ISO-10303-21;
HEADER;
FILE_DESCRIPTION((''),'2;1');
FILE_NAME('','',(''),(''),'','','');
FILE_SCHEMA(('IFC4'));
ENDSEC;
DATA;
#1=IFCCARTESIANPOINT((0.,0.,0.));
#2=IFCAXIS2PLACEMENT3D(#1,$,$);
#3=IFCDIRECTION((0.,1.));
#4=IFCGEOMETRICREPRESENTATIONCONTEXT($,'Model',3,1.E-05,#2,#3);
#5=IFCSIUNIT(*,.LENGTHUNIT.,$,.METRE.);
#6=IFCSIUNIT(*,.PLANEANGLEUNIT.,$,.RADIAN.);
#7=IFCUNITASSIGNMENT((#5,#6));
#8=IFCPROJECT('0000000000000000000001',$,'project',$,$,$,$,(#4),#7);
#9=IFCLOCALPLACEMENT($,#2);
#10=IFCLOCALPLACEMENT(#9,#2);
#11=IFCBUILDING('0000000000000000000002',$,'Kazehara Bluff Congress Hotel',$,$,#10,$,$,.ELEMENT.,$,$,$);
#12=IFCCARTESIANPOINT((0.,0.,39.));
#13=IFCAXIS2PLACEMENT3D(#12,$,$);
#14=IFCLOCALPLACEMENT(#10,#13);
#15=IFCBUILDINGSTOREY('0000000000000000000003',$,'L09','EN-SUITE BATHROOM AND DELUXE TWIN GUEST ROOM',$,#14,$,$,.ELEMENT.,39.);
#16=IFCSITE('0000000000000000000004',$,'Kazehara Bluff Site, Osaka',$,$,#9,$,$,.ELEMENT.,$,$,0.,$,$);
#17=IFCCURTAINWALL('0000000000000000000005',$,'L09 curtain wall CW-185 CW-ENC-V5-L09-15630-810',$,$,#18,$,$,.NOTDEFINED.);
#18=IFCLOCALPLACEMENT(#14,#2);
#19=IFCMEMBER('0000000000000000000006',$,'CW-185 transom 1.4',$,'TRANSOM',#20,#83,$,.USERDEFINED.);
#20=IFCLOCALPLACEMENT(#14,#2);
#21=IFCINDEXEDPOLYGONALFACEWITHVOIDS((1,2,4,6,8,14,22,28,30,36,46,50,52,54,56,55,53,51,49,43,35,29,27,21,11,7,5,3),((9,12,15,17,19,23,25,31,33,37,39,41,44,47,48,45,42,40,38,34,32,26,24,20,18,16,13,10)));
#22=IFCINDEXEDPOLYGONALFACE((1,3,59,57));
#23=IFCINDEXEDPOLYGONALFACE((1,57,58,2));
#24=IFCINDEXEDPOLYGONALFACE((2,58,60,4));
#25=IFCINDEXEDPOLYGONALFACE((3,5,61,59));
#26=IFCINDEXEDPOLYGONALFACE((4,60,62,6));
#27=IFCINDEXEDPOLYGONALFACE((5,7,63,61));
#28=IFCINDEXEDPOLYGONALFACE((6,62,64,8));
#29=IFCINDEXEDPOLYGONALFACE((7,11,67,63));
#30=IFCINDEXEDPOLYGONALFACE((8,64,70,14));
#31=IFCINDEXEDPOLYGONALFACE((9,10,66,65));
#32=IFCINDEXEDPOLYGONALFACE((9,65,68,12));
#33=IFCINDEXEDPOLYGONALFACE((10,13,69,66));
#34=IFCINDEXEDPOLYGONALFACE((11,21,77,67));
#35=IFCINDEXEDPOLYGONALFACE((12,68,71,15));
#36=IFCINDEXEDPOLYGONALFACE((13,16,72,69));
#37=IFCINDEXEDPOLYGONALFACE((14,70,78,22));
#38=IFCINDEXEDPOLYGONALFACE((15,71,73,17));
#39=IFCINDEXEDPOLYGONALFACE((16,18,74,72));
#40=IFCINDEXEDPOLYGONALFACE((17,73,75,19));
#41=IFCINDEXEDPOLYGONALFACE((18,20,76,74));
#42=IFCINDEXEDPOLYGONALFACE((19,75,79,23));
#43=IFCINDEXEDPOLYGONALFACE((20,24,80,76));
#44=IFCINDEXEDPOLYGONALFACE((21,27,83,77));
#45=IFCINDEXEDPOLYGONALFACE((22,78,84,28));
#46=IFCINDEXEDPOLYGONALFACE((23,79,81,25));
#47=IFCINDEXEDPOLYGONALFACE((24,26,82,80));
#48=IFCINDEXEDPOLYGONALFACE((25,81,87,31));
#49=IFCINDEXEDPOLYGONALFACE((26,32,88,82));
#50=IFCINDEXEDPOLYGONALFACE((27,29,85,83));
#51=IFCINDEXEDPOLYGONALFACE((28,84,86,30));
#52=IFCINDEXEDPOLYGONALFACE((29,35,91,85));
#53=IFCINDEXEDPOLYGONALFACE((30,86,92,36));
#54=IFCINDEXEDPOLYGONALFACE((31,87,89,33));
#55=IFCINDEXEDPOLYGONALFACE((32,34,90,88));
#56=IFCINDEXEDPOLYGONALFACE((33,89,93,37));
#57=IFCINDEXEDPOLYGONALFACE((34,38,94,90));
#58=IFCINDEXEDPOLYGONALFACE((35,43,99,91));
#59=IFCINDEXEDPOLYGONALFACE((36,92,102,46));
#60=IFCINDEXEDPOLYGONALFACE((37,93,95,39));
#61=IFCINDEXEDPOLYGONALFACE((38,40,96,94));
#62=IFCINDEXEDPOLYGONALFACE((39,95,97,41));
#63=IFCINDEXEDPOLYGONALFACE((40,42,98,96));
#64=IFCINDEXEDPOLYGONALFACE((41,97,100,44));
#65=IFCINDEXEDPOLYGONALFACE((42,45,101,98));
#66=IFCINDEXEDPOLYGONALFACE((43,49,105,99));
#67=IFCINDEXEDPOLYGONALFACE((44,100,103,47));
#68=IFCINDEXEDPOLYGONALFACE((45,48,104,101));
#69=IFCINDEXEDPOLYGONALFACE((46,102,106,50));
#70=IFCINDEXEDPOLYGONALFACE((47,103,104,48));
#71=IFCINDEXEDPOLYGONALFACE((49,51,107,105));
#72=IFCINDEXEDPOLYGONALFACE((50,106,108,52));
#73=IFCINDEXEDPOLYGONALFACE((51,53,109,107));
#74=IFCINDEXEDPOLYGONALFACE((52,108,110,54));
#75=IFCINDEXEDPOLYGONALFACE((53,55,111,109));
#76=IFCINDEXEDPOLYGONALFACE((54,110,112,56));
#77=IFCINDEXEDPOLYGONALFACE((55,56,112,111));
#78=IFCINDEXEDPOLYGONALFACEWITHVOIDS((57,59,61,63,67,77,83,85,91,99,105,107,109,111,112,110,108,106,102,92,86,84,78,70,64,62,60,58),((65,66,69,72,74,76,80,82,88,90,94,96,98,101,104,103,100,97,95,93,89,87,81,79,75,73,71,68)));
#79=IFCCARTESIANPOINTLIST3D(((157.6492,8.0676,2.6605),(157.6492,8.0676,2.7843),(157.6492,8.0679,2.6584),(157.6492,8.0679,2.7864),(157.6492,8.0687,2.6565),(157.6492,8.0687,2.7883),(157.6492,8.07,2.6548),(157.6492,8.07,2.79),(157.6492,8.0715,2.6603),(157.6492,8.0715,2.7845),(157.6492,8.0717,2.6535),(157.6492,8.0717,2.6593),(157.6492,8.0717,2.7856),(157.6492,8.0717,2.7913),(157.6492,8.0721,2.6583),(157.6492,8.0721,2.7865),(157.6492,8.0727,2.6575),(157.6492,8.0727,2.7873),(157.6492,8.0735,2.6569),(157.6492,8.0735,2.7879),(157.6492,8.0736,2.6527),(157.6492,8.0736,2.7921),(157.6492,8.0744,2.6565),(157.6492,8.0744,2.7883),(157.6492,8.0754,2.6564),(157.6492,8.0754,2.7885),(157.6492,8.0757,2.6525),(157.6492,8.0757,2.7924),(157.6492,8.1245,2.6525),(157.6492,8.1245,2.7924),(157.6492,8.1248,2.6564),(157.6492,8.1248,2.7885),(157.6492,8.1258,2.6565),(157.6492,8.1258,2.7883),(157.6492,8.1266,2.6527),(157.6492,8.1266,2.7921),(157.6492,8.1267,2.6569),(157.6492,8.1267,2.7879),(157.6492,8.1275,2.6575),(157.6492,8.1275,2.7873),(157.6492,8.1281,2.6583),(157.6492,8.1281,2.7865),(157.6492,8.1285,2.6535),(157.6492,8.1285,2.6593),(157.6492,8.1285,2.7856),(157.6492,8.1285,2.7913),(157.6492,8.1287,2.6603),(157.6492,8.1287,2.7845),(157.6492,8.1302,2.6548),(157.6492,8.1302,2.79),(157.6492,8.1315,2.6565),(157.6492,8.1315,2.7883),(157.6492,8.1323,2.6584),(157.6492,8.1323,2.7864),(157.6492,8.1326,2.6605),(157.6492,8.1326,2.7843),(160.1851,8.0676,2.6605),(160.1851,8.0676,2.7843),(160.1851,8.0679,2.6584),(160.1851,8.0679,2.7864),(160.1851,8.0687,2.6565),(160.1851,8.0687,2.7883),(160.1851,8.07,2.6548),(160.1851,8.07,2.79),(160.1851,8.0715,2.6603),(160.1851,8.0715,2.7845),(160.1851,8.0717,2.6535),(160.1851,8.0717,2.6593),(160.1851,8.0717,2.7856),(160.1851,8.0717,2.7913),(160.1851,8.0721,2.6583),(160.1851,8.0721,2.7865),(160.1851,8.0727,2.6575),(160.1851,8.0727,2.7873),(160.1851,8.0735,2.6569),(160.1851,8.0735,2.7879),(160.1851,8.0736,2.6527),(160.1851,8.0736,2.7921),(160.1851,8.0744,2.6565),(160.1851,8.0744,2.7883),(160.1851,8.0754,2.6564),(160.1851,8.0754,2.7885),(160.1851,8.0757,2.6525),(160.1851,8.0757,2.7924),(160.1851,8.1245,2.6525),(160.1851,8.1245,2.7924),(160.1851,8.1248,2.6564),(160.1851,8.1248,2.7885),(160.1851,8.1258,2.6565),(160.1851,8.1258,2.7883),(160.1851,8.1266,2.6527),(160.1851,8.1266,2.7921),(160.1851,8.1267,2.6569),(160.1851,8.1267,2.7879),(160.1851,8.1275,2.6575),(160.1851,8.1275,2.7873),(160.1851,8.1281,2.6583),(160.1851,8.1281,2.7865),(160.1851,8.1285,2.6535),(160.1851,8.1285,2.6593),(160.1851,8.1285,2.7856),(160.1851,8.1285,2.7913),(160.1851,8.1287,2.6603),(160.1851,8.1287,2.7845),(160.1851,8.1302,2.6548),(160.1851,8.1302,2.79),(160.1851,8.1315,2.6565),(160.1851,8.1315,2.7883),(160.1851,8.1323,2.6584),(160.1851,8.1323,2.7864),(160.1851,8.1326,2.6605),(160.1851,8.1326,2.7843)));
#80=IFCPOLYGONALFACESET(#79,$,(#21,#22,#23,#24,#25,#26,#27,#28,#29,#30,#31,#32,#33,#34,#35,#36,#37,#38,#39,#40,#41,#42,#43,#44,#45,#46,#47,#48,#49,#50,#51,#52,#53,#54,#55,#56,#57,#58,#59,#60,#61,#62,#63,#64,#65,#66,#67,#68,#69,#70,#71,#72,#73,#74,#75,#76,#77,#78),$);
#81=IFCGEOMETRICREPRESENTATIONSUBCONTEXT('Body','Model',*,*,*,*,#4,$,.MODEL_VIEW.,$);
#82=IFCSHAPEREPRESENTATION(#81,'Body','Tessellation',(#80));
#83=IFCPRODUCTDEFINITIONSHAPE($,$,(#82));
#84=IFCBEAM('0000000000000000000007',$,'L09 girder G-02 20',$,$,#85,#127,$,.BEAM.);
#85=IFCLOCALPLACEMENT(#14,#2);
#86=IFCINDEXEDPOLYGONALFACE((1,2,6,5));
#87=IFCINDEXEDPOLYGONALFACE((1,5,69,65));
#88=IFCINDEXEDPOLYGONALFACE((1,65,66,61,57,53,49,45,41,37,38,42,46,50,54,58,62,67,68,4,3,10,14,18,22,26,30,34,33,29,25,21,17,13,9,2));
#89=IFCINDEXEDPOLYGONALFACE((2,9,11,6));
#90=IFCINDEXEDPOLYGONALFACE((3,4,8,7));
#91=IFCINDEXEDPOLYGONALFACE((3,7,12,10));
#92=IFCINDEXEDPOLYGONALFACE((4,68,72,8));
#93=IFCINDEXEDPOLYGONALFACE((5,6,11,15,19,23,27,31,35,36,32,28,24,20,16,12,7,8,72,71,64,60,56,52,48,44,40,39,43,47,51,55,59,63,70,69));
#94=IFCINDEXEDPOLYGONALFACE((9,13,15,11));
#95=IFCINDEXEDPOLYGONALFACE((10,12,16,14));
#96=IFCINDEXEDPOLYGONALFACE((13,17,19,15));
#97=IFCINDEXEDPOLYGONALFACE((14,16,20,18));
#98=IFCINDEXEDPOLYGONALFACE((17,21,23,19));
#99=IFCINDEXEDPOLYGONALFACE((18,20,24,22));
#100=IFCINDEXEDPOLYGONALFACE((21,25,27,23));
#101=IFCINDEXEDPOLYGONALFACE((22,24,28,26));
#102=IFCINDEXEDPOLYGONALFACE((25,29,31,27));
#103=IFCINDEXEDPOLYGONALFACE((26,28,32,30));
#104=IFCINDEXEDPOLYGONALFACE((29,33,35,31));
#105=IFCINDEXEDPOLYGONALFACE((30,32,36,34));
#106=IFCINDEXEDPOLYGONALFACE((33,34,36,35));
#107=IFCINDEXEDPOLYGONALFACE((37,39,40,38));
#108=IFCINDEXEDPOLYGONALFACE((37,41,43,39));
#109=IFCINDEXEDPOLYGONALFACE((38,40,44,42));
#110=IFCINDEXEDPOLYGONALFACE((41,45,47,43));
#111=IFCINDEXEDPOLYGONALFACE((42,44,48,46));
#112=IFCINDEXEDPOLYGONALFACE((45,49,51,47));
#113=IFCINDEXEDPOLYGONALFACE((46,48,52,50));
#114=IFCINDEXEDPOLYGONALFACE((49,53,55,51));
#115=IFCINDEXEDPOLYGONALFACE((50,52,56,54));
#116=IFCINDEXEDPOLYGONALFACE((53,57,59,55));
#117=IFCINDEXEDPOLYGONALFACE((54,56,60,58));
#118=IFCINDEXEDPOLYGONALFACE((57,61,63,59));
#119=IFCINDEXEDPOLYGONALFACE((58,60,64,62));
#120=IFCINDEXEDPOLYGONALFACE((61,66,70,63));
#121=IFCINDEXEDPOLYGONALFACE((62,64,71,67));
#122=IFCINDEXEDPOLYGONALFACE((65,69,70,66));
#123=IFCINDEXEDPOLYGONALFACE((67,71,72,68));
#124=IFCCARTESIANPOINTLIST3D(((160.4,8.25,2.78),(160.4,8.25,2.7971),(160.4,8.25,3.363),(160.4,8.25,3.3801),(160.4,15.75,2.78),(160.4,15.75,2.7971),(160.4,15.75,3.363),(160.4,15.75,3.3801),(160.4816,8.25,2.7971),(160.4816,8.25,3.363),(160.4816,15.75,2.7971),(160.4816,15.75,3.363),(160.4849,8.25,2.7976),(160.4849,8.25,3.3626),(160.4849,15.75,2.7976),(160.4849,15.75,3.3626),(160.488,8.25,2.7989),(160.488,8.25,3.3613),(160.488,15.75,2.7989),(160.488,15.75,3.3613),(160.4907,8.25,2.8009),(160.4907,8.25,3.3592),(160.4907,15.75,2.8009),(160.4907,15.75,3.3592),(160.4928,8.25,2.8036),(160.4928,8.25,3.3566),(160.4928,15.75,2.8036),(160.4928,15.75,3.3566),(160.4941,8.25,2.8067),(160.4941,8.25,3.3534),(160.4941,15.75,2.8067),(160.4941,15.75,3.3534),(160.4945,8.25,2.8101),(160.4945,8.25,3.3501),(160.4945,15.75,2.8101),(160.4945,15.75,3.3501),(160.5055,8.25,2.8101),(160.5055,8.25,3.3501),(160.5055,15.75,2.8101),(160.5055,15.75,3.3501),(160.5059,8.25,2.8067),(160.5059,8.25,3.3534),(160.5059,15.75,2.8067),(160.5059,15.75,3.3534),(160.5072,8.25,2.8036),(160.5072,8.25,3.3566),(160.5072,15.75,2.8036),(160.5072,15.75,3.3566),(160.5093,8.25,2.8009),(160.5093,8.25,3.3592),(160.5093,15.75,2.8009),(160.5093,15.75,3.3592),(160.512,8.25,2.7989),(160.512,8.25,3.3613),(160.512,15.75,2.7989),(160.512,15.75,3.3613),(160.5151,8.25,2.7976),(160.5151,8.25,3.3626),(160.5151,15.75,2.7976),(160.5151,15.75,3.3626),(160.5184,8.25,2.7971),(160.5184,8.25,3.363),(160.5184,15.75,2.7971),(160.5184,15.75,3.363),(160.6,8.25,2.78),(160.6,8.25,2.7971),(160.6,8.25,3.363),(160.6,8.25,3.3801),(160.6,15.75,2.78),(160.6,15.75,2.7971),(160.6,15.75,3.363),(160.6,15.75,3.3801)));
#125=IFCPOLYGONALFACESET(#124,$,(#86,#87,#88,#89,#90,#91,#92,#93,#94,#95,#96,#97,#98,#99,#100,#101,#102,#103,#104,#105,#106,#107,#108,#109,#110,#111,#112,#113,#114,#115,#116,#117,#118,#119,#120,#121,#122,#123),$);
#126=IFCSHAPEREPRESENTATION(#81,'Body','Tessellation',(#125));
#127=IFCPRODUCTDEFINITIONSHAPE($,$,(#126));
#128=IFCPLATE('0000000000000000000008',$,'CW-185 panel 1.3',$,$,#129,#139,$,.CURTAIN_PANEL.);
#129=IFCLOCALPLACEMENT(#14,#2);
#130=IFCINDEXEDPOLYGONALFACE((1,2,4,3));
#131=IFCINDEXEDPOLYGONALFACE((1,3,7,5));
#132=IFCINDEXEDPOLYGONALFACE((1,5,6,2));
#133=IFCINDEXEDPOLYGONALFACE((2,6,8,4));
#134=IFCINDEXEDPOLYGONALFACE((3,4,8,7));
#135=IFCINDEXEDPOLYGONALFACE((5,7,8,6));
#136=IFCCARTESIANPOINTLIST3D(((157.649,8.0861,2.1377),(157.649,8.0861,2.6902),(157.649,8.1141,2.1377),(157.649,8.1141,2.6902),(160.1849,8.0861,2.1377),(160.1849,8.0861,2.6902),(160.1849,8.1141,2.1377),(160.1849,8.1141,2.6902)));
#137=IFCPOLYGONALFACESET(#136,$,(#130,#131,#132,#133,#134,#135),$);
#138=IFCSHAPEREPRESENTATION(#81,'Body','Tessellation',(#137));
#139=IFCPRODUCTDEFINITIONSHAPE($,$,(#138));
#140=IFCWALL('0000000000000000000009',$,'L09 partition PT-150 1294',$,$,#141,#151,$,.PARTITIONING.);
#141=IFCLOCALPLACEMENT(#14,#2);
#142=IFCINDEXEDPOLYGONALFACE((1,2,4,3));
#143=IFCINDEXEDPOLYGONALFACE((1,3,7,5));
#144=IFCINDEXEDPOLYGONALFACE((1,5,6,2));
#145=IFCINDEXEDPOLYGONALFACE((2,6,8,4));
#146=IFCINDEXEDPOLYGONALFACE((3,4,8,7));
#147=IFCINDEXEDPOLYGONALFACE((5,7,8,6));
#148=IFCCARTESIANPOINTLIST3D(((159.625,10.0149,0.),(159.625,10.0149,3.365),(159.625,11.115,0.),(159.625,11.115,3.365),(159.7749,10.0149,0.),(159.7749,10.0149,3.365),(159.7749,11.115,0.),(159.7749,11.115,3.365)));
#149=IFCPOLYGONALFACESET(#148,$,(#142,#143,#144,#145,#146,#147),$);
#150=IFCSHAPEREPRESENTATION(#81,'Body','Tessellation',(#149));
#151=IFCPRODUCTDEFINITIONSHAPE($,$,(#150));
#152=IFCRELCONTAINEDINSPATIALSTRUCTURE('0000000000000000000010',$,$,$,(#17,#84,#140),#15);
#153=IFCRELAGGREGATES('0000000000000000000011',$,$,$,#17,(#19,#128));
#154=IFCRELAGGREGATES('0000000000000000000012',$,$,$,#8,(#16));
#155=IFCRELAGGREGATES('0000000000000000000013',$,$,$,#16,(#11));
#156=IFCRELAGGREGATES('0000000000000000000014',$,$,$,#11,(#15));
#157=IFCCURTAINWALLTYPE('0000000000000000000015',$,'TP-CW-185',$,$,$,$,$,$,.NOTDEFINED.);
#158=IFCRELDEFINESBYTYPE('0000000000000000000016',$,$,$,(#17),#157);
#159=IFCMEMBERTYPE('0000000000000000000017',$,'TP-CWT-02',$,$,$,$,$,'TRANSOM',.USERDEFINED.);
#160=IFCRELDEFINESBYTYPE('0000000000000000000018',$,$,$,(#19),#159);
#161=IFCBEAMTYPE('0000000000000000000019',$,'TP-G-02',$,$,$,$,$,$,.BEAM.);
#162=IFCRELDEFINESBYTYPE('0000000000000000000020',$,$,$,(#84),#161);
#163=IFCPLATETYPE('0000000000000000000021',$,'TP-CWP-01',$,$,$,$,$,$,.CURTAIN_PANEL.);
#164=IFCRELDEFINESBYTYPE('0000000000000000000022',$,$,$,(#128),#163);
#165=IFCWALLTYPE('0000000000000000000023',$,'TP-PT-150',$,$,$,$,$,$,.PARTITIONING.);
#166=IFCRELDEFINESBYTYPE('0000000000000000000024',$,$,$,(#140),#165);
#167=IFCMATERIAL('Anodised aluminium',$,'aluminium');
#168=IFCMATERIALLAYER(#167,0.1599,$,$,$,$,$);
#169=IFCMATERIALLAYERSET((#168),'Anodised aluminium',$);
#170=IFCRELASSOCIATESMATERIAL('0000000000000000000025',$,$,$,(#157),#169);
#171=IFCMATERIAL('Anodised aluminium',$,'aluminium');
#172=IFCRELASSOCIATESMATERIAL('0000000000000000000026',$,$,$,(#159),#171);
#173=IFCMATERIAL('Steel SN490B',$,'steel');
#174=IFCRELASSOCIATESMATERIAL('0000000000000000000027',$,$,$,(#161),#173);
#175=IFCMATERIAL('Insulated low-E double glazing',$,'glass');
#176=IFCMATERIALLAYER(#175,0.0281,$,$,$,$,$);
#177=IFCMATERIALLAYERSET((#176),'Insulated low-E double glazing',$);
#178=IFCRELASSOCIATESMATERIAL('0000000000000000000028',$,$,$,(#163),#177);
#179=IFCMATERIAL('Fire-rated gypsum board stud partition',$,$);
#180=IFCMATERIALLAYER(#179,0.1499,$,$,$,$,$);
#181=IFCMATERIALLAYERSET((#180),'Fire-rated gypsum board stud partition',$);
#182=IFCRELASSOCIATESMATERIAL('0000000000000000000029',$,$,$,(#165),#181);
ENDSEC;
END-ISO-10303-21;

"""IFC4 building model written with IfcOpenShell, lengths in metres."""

from ifc_helpers import new_model, si_unit, direction, frame, frame_2d, origin, origin_2d, place, context, subcontext, project, spatial, rectangle, hollow_rectangle, i_section, extrude, material, layer, layer_set, material_profile, profile_set, type_object, element, aggregate, save


model = new_model("IFC4")

# Units and contexts
model_context = context("Model", 3, precision=1e-05, world=origin(), true_north=direction((0.0, 1.0)))
body_context = subcontext(model_context, "Body", "Model", "MODEL_VIEW")
ifc_project = project(units=[si_unit("LENGTHUNIT", "METRE"), si_unit("PLANEANGLEUNIT", "RADIAN")], contexts=[model_context])

# Site, building, storey
site_placement = place(None, origin())
site = spatial("IfcSite", under=ifc_project, at=site_placement, Name="Kazehara Bluff Site, Osaka", CompositionType="ELEMENT", RefElevation=0.0)
building_placement = place(site_placement, origin())
building = spatial("IfcBuilding", under=site, at=building_placement, Name="Kazehara Bluff Congress Hotel", CompositionType="ELEMENT")
storey_placement = place(building_placement, frame((0.0, 0.0, 39.0)))
storey = spatial("IfcBuildingStorey", under=building, at=storey_placement, Name="L09", Description="EN-SUITE BATHROOM AND DELUXE TWIN GUEST ROOM", CompositionType="ELEMENT", Elevation=39.0)

# Curtain wall, member
ifc_material_1 = material(Name="Anodised aluminium", Category="aluminium")
ifc_layer_1 = layer(ifc_material_1, 0.1599)
ifc_layer_set_1 = layer_set([ifc_layer_1], Name="Anodised aluminium")
curtain_wall_type = type_object("IfcCurtainWallType", Name="TP-CW-185", PredefinedType="NOTDEFINED", material=ifc_layer_set_1)
curtain_wall_placement = place(storey_placement, origin())
curtain_wall = element("IfcCurtainWall", 1, at=curtain_wall_placement, inside=storey, type_object=curtain_wall_type, Name="L09 curtain wall CW-185 CW-ENC-V5-L09-15630-810", PredefinedType="NOTDEFINED")
ifc_material_2 = material(Name="Anodised aluminium", Category="aluminium")
ifc_material_profile_1 = material_profile(ifc_material_2, hollow_rectangle(XDim=0.0649, YDim=0.1399, WallThickness=0.0039, InnerFilletRadius=0.0039, OuterFilletRadius=0.0081, at=origin_2d()))
ifc_profile_set_1 = profile_set([ifc_material_profile_1], Name="Anodised aluminium")
member_type_1 = type_object("IfcMemberType", Name="TP-CWT-02", ElementType="TRANSOM", PredefinedType="USERDEFINED", material=ifc_profile_set_1)
member_1_placement = place(storey_placement, frame((160.1851, 8.1001, 2.7224), z_axis=(-1.0, 0.0, 0.0), x_axis=(0.0, -1.0, 0.0)))
member_1 = element("IfcMember", 2, at=member_1_placement, type_object=member_type_1, Name="CW-185 transom 1.4", ObjectType="TRANSOM", PredefinedType="USERDEFINED", context=body_context, shape_type="SweptSolid", body=[
    extrude(hollow_rectangle(XDim=0.0649, YDim=0.1399, WallThickness=0.0039, InnerFilletRadius=0.0039, OuterFilletRadius=0.0081, at=origin_2d()), origin(), (0.0, 0.0, 1.0), 2.5359),
])

# Beam
ifc_material_3 = material(Name="Steel SN490B", Category="steel")
ifc_material_profile_2 = material_profile(ifc_material_3, i_section(OverallWidth=0.2, OverallDepth=0.6001, WebThickness=0.011, FlangeThickness=0.0171, FilletRadius=0.0129, at=origin_2d()))
ifc_profile_set_2 = profile_set([ifc_material_profile_2], Name="Steel SN490B")
beam_type = type_object("IfcBeamType", Name="TP-G-02", PredefinedType="BEAM", material=ifc_profile_set_2)
beam_placement = place(storey_placement, frame((160.5, 8.25, 3.0801), z_axis=(0.0, 1.0, 0.0), x_axis=(-1.0, 0.0, 0.0)))
element("IfcBeam", 3, at=beam_placement, inside=storey, type_object=beam_type, Name="L09 girder G-02 20", PredefinedType="BEAM", context=body_context, shape_type="SweptSolid", body=[
    extrude(i_section(OverallWidth=0.2, OverallDepth=0.6001, WebThickness=0.011, FlangeThickness=0.0171, FilletRadius=0.0129, at=origin_2d()), origin(), (0.0, 0.0, 1.0), 7.5),
])

# Plate
ifc_material_4 = material(Name="Insulated low-E double glazing", Category="glass")
ifc_layer_2 = layer(ifc_material_4, 0.0281)
ifc_layer_set_2 = layer_set([ifc_layer_2], Name="Insulated low-E double glazing")
plate_type = type_object("IfcPlateType", Name="TP-CWP-01", PredefinedType="CURTAIN_PANEL", material=ifc_layer_set_2)
plate_placement = place(storey_placement, frame((158.917, 8.1001, 2.1377), z_axis=(0.0, 0.0, 1.0), x_axis=(-1.0, 0.0, 0.0)))
plate = element("IfcPlate", 4, at=plate_placement, type_object=plate_type, Name="CW-185 panel 1.3", PredefinedType="CURTAIN_PANEL", context=body_context, shape_type="SweptSolid", body=[
    extrude(rectangle(XDim=2.5359, YDim=0.0281, at=origin_2d()), origin(), (0.0, 0.0, 1.0), 0.5525),
])
aggregate(curtain_wall, [member_1, plate])

# Shared definitions
ifc_material_5 = material(Name="Fire-rated gypsum board stud partition")
ifc_layer_3 = layer(ifc_material_5, 0.1499)
ifc_layer_set_3 = layer_set([ifc_layer_3], Name="Fire-rated gypsum board stud partition")
wall_type = type_object("IfcWallType", Name="TP-PT-150", PredefinedType="PARTITIONING", material=ifc_layer_set_3)

# Wall
wall_1_placement = place(storey_placement, frame((159.7, 10.0149, 0.0), z_axis=(0.0, 0.0, 1.0), x_axis=(0.0, 1.0, 0.0)))
element("IfcWall", 5, at=wall_1_placement, inside=storey, type_object=wall_type, Name="L09 partition PT-150 1294", PredefinedType="PARTITIONING", context=body_context, shape_type="SweptSolid", body=[
    extrude(rectangle(XDim=1.1001, YDim=0.1499, at=frame_2d((0.55, 0.0))), origin(), (0.0, 0.0, 1.0), 3.365),
])

save(model, "model.ifc")
